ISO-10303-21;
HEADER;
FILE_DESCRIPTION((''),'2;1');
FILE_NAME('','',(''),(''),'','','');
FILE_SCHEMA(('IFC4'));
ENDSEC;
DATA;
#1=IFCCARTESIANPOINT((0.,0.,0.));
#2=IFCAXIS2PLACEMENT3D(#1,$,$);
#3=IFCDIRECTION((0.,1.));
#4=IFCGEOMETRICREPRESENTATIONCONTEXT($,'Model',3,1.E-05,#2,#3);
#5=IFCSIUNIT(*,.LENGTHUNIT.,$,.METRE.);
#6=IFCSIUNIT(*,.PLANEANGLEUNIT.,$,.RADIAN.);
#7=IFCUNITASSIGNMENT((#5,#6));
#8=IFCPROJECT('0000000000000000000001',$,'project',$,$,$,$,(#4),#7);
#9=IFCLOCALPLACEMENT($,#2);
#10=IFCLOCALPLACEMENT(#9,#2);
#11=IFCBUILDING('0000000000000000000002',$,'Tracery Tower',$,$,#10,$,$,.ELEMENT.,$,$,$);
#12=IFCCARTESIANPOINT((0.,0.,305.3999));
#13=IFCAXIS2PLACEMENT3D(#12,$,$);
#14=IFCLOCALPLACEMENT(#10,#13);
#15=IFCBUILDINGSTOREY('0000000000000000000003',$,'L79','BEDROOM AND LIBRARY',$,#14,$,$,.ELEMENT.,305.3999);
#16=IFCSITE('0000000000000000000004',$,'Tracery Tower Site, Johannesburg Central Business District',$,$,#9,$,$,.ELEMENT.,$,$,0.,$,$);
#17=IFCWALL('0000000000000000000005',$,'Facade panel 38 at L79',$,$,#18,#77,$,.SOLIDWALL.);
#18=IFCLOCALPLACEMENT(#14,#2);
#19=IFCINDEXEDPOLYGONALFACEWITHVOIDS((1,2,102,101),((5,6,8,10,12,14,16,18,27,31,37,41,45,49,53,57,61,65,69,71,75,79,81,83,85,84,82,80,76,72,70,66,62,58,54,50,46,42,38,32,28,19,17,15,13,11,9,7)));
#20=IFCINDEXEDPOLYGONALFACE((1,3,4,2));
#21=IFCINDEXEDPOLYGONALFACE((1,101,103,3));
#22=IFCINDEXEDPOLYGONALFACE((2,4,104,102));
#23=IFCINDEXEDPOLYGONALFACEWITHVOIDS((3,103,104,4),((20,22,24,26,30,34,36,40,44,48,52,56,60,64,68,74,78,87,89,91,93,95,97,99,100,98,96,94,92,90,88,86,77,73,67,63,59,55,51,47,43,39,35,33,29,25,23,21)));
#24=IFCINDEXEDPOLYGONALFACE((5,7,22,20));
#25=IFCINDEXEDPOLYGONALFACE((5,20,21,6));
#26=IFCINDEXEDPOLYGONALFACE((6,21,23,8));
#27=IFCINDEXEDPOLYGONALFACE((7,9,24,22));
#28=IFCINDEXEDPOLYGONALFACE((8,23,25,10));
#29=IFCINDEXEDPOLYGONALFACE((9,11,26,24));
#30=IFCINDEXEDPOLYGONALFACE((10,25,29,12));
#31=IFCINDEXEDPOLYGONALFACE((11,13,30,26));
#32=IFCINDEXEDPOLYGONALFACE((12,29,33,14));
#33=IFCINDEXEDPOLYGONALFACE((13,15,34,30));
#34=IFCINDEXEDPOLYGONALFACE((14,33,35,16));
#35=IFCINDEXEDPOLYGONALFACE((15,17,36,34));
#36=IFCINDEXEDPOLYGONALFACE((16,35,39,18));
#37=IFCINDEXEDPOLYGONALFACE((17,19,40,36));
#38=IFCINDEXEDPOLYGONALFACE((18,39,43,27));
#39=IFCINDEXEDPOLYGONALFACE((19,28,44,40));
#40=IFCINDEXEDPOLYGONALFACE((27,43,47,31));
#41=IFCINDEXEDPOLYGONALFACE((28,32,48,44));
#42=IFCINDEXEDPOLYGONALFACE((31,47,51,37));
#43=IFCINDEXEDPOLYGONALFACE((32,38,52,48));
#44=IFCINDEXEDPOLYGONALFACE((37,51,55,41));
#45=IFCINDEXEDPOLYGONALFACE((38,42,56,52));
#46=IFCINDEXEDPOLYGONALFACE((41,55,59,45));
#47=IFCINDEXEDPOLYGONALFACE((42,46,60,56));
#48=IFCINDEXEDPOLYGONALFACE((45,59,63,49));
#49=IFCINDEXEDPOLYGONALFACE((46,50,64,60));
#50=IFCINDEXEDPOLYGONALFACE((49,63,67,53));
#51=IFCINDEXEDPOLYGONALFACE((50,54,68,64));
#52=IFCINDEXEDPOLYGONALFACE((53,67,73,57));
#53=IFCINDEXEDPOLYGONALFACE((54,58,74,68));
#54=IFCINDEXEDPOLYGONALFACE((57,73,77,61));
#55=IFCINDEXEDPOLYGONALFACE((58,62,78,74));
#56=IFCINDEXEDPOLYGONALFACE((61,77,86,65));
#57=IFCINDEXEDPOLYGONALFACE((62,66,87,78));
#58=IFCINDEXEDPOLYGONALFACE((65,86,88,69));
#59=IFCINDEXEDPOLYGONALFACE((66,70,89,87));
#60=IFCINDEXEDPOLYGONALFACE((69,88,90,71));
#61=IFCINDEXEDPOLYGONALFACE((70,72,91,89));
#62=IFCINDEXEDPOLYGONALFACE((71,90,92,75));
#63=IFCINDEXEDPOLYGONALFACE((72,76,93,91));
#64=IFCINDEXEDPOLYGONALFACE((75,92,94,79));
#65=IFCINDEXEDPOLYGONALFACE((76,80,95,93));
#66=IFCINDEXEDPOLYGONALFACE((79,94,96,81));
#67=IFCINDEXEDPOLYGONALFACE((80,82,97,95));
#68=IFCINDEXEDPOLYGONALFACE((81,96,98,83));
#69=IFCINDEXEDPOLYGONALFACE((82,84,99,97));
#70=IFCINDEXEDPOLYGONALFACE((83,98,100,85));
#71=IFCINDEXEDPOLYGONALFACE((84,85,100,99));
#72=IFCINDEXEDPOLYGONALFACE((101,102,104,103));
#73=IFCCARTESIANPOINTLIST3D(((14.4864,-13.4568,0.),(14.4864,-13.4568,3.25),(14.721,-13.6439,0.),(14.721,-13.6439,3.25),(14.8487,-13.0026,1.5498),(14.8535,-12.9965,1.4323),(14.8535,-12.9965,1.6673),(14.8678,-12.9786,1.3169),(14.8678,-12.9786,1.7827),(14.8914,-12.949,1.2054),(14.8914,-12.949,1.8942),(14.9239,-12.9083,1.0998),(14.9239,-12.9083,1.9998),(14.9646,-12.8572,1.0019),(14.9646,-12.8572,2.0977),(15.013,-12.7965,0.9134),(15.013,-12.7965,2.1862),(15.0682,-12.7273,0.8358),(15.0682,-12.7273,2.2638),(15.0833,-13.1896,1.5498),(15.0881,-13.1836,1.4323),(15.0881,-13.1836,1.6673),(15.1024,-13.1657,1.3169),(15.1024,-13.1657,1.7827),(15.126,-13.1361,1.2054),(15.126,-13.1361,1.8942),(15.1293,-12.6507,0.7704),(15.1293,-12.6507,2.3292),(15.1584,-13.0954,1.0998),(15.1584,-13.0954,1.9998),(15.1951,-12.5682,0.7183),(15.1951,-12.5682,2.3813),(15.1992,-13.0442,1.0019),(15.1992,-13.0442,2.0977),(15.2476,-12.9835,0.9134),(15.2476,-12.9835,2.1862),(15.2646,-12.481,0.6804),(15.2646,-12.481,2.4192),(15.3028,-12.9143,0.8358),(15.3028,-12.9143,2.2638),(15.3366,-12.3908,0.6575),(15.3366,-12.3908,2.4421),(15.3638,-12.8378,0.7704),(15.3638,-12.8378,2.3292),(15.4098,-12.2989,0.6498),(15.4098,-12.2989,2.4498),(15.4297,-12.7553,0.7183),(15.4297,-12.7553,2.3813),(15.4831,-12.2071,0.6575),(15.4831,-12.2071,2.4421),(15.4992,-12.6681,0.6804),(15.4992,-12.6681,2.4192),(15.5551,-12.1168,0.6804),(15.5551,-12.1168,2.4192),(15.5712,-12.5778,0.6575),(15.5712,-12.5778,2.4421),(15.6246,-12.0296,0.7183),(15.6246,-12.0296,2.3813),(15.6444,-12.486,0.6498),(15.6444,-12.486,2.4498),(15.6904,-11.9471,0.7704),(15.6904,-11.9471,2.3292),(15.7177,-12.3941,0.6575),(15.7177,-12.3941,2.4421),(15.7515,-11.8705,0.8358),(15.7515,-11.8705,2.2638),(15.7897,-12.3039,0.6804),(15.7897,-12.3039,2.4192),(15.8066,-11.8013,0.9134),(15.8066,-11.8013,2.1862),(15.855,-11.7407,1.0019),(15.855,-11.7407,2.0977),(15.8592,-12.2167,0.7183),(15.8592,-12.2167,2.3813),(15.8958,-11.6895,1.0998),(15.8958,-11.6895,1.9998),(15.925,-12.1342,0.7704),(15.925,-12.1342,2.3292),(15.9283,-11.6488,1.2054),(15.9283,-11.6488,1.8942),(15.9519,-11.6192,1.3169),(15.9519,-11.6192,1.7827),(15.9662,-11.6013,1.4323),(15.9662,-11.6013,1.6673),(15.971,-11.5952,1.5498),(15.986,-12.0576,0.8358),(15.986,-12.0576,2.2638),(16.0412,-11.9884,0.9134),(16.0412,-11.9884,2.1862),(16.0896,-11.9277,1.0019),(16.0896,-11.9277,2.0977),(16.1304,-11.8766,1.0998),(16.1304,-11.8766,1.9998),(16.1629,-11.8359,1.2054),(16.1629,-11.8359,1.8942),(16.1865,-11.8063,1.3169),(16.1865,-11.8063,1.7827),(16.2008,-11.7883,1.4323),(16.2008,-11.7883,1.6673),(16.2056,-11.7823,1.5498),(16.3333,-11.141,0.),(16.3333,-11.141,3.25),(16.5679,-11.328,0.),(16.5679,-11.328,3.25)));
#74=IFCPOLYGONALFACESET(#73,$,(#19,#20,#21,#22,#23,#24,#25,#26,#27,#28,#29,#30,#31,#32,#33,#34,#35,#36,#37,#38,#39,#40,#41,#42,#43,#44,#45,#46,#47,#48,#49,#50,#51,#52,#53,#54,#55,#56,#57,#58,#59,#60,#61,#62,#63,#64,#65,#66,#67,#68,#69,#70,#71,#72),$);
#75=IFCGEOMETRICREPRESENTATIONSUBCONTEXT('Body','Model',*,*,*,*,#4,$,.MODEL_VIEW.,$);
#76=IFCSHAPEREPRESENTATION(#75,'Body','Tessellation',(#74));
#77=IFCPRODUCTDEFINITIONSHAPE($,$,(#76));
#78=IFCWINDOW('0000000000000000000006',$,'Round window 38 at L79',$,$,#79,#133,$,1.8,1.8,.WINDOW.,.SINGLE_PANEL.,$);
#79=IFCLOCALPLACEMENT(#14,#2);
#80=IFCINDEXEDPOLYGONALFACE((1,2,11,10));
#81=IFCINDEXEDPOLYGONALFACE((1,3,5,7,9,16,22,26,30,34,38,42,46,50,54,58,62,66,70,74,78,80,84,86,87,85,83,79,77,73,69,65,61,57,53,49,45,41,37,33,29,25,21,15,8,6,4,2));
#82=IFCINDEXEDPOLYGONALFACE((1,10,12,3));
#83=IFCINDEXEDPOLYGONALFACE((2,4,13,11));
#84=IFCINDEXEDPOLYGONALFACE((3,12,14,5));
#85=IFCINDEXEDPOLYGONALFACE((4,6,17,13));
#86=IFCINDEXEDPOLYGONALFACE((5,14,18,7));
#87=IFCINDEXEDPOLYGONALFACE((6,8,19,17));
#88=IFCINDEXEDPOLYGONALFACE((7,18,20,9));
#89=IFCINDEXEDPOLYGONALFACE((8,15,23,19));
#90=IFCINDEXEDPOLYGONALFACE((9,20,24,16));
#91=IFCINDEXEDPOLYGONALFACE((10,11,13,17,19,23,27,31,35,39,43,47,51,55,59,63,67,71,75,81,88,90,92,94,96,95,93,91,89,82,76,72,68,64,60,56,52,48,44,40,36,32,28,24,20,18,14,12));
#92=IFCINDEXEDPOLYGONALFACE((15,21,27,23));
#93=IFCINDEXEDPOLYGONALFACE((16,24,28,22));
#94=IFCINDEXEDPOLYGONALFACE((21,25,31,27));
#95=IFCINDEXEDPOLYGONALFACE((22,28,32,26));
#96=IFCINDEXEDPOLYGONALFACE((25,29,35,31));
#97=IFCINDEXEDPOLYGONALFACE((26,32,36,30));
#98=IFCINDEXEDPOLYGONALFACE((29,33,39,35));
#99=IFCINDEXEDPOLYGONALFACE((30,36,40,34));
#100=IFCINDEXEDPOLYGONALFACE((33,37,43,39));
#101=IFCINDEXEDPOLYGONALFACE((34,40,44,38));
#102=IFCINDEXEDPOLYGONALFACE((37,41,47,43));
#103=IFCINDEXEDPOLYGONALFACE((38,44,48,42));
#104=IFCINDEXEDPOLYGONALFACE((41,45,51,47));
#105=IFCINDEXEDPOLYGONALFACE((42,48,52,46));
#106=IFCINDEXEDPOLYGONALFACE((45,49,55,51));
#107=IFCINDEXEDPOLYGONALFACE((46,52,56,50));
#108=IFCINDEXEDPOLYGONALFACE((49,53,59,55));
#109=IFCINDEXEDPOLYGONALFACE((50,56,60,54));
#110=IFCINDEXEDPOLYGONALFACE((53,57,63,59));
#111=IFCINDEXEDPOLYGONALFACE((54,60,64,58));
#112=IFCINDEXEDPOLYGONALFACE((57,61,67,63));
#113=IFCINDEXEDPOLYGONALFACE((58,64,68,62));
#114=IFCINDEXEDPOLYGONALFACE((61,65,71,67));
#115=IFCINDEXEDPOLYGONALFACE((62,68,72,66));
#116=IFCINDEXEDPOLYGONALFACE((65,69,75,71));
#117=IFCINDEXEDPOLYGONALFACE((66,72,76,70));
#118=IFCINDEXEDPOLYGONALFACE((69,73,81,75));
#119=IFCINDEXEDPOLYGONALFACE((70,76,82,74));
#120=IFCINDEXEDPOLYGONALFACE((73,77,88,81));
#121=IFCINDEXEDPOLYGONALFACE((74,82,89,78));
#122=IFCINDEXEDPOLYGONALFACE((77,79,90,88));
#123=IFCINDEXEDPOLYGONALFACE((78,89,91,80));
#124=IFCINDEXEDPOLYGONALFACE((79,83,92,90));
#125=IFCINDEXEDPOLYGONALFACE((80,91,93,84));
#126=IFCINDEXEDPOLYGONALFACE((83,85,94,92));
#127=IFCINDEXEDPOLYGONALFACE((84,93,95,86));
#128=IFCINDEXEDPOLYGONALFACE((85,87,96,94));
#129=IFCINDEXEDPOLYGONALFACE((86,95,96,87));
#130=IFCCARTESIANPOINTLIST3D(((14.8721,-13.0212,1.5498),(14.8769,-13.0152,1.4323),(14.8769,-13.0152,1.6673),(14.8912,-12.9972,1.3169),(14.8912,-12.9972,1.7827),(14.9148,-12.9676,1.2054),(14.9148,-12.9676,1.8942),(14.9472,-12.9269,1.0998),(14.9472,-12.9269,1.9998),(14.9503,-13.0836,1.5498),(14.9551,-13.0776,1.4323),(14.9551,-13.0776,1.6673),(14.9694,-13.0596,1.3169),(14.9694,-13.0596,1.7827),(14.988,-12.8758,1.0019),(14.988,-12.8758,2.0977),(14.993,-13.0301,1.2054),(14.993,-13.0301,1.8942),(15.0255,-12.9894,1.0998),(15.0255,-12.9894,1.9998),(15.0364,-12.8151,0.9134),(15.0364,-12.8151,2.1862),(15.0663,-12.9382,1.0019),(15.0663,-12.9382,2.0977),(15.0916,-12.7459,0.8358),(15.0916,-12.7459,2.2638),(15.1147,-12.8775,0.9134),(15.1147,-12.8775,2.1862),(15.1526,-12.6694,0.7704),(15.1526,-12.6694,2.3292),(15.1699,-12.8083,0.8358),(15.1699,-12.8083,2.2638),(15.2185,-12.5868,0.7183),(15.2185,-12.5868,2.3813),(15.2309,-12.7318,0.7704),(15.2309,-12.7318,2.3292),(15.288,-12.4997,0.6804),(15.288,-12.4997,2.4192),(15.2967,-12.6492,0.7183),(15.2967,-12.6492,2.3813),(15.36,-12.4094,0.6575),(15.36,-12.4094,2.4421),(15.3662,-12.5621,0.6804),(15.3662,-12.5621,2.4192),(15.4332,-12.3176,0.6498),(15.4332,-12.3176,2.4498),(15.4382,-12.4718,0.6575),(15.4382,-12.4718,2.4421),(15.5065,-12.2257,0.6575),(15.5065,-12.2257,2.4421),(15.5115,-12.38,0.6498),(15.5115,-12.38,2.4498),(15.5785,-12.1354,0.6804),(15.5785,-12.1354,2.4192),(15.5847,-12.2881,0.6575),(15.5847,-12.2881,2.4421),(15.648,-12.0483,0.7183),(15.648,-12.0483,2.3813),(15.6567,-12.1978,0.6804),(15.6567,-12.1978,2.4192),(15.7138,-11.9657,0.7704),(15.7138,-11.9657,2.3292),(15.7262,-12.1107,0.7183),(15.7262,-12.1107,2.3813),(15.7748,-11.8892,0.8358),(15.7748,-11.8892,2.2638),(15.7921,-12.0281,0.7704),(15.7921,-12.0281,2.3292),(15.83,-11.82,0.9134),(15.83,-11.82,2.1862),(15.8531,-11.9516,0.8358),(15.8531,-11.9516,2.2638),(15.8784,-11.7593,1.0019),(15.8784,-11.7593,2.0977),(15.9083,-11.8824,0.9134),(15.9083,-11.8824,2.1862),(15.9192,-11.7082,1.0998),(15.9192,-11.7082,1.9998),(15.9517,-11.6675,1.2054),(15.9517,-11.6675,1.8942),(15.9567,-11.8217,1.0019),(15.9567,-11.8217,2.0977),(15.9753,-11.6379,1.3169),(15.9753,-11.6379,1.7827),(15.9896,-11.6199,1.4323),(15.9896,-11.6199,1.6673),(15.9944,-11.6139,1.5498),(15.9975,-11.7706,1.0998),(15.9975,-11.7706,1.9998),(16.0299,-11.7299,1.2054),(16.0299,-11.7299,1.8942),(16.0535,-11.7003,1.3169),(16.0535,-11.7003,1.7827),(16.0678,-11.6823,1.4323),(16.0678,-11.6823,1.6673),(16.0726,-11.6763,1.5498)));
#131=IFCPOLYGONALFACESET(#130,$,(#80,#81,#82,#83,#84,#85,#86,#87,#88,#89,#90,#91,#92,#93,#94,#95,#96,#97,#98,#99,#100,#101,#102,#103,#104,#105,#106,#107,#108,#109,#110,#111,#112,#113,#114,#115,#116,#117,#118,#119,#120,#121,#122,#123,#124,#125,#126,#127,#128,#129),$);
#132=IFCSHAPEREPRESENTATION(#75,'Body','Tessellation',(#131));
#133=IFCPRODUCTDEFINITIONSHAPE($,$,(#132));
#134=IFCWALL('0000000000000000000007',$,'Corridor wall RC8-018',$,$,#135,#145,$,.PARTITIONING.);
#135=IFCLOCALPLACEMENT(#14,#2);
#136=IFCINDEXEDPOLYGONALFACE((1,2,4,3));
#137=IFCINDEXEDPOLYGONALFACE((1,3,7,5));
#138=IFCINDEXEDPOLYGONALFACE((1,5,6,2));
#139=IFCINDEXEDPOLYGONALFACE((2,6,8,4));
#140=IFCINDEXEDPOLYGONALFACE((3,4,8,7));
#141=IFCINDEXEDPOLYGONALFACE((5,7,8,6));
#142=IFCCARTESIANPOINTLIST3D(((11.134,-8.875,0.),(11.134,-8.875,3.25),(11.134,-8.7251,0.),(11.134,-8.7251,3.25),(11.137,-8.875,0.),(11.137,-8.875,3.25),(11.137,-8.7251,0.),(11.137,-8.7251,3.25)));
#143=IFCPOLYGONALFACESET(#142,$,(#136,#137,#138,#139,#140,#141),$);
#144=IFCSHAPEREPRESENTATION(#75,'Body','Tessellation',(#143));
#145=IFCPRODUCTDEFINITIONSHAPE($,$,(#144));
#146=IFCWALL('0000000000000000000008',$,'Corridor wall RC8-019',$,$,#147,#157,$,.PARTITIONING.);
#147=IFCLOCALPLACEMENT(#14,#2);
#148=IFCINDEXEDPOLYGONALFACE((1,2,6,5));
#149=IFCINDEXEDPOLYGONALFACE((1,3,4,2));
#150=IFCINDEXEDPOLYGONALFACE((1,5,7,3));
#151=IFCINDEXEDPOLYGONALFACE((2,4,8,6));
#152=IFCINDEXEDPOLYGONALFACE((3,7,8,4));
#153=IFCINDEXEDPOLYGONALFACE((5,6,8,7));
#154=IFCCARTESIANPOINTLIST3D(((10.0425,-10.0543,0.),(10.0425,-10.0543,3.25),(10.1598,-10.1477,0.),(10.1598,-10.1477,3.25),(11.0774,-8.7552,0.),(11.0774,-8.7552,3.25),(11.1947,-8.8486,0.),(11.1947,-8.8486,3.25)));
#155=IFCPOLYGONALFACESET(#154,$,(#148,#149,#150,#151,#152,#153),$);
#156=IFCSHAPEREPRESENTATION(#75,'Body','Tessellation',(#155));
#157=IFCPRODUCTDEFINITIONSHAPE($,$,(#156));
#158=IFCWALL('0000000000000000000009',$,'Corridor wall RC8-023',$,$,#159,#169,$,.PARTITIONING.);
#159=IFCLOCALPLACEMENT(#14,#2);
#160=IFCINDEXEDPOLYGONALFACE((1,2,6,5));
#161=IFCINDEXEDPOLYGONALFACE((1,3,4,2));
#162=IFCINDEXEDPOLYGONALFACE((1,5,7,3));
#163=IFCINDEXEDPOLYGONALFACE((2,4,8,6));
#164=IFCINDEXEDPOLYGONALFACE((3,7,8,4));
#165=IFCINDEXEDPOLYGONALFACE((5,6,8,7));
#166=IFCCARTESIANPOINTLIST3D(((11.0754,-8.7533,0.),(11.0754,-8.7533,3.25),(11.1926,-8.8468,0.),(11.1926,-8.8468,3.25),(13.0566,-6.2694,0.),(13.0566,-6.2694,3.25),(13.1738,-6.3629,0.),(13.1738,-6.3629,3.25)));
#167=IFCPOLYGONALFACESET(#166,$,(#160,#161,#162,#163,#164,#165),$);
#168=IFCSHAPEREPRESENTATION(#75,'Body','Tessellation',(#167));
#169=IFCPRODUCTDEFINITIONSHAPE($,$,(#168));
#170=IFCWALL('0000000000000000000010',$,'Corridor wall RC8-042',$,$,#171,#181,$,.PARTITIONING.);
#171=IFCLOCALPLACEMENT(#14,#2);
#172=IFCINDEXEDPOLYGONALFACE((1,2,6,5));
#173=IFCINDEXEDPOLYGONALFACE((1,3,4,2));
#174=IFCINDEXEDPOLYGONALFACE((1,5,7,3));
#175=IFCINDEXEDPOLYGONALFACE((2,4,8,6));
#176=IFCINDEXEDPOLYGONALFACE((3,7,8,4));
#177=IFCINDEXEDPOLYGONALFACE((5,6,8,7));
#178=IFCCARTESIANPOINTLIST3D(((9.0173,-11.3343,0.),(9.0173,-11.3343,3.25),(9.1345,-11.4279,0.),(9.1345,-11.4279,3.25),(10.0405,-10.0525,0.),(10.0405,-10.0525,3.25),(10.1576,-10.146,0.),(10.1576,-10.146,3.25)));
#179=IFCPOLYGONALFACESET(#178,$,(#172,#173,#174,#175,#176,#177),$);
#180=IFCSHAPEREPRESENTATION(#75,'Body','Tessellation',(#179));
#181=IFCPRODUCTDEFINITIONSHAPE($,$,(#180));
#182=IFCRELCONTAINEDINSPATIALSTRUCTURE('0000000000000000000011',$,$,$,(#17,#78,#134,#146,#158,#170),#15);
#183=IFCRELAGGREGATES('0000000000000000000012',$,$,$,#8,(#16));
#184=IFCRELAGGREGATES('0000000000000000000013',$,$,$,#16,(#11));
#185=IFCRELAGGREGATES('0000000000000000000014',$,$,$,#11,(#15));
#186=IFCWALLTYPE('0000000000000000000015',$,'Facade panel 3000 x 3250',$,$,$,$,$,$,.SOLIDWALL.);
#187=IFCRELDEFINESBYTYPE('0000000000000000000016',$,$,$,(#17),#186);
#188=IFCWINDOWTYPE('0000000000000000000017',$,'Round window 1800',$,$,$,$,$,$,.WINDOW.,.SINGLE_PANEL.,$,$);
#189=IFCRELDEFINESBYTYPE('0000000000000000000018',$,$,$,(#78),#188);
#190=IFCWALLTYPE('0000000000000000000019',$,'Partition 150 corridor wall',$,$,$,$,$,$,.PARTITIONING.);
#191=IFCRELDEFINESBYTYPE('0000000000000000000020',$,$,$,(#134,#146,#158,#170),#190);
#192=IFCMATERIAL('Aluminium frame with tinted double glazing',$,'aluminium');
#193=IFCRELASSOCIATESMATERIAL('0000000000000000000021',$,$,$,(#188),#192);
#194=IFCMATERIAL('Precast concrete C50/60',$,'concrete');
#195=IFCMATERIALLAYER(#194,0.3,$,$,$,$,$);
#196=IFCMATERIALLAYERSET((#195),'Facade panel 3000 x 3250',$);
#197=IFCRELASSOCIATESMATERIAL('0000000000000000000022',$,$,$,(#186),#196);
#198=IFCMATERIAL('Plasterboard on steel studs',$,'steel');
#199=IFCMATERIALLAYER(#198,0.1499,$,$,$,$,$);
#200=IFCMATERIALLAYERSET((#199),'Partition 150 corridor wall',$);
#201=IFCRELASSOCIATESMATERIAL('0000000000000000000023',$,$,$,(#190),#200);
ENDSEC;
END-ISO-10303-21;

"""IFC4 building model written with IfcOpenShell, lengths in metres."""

from ifc_helpers import new_model, si_unit, direction, frame, frame_2d, origin, origin_2d, place, context, subcontext, project, spatial, rectangle, circle, extrude, material, layer, layer_set, type_object, element, fill, save


model = new_model("IFC4")

# Units and contexts
model_context = context("Model", 3, precision=1e-05, world=origin(), true_north=direction((0.0, 1.0)))
body_context = subcontext(model_context, "Body", "Model", "MODEL_VIEW")
ifc_project = project(units=[si_unit("LENGTHUNIT", "METRE"), si_unit("PLANEANGLEUNIT", "RADIAN")], contexts=[model_context])

# Site, building, storey
site_placement = place(None, origin())
site = spatial("IfcSite", under=ifc_project, at=site_placement, Name="Tracery Tower Site, Johannesburg Central Business District", CompositionType="ELEMENT", RefElevation=0.0)
building_placement = place(site_placement, origin())
building = spatial("IfcBuilding", under=site, at=building_placement, Name="Tracery Tower", CompositionType="ELEMENT")
storey_placement = place(building_placement, frame((0.0, 0.0, 305.3999)))
storey = spatial("IfcBuildingStorey", under=building, at=storey_placement, Name="L79", Description="BEDROOM AND LIBRARY", CompositionType="ELEMENT", Elevation=305.3999)

# Wall, opening, window
ifc_material_1 = material(Name="Aluminium frame with tinted double glazing", Category="aluminium")
window_type = type_object("IfcWindowType", Name="Round window 1800", PartitioningType="SINGLE_PANEL", PredefinedType="WINDOW", material=ifc_material_1)
ifc_material_2 = material(Name="Precast concrete C50/60", Category="concrete")
ifc_layer_1 = layer(ifc_material_2, 0.3)
ifc_layer_set_1 = layer_set([ifc_layer_1], Name="Facade panel 3000 x 3250")
wall_type_1 = type_object("IfcWallType", Name="Facade panel 3000 x 3250", PredefinedType="SOLIDWALL", material=ifc_layer_set_1)
wall_1_placement = place(storey_placement, frame((14.6038, -13.5503, 0.0), z_axis=(0.0, 0.0, 1.0), x_axis=(0.623498, 0.781825, 0.0)))
wall_1 = element("IfcWall", 1, at=wall_1_placement, inside=storey, type_object=wall_type_1, Name="Facade panel 38 at L79", PredefinedType="SOLIDWALL", context=body_context, shape_type="SweptSolid", body=[
    extrude(rectangle(XDim=2.9622, YDim=0.3, at=frame_2d((1.481, 0.0))), origin(), (0.0, 0.0, 1.0), 3.25),
])
opening_1_placement = place(wall_1_placement, frame((1.481, 0.0, 1.5498)))
opening_1 = element("IfcOpeningElement", 2, at=opening_1_placement, cuts=wall_1, PredefinedType="OPENING", context=body_context, shape_type="SweptSolid", body=[
    extrude(circle(Radius=0.9, at=origin_2d()), frame((0.0, 0.1599, 0.0), z_axis=(0.0, -1.0, 0.0), x_axis=(1.0, 0.0, 0.0)), (0.0, 0.0, 1.0), 0.3201),
])
window_1_placement = place(opening_1_placement, origin())
window_1 = element("IfcWindow", 3, at=window_1_placement, inside=storey, type_object=window_type, Name="Round window 38 at L79", OverallHeight=1.8, OverallWidth=1.8, PartitioningType="SINGLE_PANEL", PredefinedType="WINDOW", context=body_context, shape_type="SweptSolid", body=[
    extrude(circle(Radius=0.9, at=origin_2d()), frame((0.0, 0.1201, 0.0), z_axis=(0.0, -1.0, 0.0), x_axis=(1.0, 0.0, 0.0)), (0.0, 0.0, 1.0), 0.1001),
])
fill(opening_1, window_1)

# Walls
ifc_material_3 = material(Name="Plasterboard on steel studs", Category="steel")
ifc_layer_2 = layer(ifc_material_3, 0.1499)
ifc_layer_set_2 = layer_set([ifc_layer_2], Name="Partition 150 corridor wall")
wall_type_2 = type_object("IfcWallType", Name="Partition 150 corridor wall", PredefinedType="PARTITIONING", material=ifc_layer_set_2)
wall_2_placement = place(storey_placement, frame((11.137, -8.8, 0.0), z_axis=(0.0, 0.0, 1.0), x_axis=(-1.0, 0.0, 0.0)))
element("IfcWall", 4, at=wall_2_placement, inside=storey, type_object=wall_type_2, Name="Corridor wall RC8-018", PredefinedType="PARTITIONING", context=body_context, shape_type="SweptSolid", body=[
    extrude(rectangle(XDim=0.0029, YDim=0.1499, at=frame_2d((0.0015, 0.0))), origin(), (0.0, 0.0, 1.0), 3.25),
])
wall_3_placement = place(storey_placement, frame((10.1011, -10.1011, 0.0), z_axis=(0.0, 0.0, 1.0), x_axis=(0.623098, 0.782143, 0.0)))
element("IfcWall", 5, at=wall_3_placement, inside=storey, type_object=wall_type_2, Name="Corridor wall RC8-019", PredefinedType="PARTITIONING", context=body_context, shape_type="SweptSolid", body=[
    extrude(rectangle(XDim=1.6609, YDim=0.1499, at=frame_2d((0.8306, 0.0))), origin(), (0.0, 0.0, 1.0), 3.25),
])
wall_4_placement = place(storey_placement, frame((11.134, -8.8, 0.0), z_axis=(0.0, 0.0, 1.0), x_axis=(0.623561, 0.781775, 0.0)))
element("IfcWall", 6, at=wall_4_placement, inside=storey, type_object=wall_type_2, Name="Corridor wall RC8-023", PredefinedType="PARTITIONING", context=body_context, shape_type="SweptSolid", body=[
    extrude(rectangle(XDim=3.1772, YDim=0.1499, at=frame_2d((1.5886, 0.0))), origin(), (0.0, 0.0, 1.0), 3.25),
])
wall_5_placement = place(storey_placement, frame((9.0759, -11.3811, 0.0), z_axis=(0.0, 0.0, 1.0), x_axis=(0.623805, 0.78158, 0.0)))
element("IfcWall", 7, at=wall_5_placement, inside=storey, type_object=wall_type_2, Name="Corridor wall RC8-042", PredefinedType="PARTITIONING", context=body_context, shape_type="SweptSolid", body=[
    extrude(rectangle(XDim=1.6401, YDim=0.1499, at=frame_2d((0.8201, 0.0))), origin(), (0.0, 0.0, 1.0), 3.25),
])

save(model, "model.ifc")
